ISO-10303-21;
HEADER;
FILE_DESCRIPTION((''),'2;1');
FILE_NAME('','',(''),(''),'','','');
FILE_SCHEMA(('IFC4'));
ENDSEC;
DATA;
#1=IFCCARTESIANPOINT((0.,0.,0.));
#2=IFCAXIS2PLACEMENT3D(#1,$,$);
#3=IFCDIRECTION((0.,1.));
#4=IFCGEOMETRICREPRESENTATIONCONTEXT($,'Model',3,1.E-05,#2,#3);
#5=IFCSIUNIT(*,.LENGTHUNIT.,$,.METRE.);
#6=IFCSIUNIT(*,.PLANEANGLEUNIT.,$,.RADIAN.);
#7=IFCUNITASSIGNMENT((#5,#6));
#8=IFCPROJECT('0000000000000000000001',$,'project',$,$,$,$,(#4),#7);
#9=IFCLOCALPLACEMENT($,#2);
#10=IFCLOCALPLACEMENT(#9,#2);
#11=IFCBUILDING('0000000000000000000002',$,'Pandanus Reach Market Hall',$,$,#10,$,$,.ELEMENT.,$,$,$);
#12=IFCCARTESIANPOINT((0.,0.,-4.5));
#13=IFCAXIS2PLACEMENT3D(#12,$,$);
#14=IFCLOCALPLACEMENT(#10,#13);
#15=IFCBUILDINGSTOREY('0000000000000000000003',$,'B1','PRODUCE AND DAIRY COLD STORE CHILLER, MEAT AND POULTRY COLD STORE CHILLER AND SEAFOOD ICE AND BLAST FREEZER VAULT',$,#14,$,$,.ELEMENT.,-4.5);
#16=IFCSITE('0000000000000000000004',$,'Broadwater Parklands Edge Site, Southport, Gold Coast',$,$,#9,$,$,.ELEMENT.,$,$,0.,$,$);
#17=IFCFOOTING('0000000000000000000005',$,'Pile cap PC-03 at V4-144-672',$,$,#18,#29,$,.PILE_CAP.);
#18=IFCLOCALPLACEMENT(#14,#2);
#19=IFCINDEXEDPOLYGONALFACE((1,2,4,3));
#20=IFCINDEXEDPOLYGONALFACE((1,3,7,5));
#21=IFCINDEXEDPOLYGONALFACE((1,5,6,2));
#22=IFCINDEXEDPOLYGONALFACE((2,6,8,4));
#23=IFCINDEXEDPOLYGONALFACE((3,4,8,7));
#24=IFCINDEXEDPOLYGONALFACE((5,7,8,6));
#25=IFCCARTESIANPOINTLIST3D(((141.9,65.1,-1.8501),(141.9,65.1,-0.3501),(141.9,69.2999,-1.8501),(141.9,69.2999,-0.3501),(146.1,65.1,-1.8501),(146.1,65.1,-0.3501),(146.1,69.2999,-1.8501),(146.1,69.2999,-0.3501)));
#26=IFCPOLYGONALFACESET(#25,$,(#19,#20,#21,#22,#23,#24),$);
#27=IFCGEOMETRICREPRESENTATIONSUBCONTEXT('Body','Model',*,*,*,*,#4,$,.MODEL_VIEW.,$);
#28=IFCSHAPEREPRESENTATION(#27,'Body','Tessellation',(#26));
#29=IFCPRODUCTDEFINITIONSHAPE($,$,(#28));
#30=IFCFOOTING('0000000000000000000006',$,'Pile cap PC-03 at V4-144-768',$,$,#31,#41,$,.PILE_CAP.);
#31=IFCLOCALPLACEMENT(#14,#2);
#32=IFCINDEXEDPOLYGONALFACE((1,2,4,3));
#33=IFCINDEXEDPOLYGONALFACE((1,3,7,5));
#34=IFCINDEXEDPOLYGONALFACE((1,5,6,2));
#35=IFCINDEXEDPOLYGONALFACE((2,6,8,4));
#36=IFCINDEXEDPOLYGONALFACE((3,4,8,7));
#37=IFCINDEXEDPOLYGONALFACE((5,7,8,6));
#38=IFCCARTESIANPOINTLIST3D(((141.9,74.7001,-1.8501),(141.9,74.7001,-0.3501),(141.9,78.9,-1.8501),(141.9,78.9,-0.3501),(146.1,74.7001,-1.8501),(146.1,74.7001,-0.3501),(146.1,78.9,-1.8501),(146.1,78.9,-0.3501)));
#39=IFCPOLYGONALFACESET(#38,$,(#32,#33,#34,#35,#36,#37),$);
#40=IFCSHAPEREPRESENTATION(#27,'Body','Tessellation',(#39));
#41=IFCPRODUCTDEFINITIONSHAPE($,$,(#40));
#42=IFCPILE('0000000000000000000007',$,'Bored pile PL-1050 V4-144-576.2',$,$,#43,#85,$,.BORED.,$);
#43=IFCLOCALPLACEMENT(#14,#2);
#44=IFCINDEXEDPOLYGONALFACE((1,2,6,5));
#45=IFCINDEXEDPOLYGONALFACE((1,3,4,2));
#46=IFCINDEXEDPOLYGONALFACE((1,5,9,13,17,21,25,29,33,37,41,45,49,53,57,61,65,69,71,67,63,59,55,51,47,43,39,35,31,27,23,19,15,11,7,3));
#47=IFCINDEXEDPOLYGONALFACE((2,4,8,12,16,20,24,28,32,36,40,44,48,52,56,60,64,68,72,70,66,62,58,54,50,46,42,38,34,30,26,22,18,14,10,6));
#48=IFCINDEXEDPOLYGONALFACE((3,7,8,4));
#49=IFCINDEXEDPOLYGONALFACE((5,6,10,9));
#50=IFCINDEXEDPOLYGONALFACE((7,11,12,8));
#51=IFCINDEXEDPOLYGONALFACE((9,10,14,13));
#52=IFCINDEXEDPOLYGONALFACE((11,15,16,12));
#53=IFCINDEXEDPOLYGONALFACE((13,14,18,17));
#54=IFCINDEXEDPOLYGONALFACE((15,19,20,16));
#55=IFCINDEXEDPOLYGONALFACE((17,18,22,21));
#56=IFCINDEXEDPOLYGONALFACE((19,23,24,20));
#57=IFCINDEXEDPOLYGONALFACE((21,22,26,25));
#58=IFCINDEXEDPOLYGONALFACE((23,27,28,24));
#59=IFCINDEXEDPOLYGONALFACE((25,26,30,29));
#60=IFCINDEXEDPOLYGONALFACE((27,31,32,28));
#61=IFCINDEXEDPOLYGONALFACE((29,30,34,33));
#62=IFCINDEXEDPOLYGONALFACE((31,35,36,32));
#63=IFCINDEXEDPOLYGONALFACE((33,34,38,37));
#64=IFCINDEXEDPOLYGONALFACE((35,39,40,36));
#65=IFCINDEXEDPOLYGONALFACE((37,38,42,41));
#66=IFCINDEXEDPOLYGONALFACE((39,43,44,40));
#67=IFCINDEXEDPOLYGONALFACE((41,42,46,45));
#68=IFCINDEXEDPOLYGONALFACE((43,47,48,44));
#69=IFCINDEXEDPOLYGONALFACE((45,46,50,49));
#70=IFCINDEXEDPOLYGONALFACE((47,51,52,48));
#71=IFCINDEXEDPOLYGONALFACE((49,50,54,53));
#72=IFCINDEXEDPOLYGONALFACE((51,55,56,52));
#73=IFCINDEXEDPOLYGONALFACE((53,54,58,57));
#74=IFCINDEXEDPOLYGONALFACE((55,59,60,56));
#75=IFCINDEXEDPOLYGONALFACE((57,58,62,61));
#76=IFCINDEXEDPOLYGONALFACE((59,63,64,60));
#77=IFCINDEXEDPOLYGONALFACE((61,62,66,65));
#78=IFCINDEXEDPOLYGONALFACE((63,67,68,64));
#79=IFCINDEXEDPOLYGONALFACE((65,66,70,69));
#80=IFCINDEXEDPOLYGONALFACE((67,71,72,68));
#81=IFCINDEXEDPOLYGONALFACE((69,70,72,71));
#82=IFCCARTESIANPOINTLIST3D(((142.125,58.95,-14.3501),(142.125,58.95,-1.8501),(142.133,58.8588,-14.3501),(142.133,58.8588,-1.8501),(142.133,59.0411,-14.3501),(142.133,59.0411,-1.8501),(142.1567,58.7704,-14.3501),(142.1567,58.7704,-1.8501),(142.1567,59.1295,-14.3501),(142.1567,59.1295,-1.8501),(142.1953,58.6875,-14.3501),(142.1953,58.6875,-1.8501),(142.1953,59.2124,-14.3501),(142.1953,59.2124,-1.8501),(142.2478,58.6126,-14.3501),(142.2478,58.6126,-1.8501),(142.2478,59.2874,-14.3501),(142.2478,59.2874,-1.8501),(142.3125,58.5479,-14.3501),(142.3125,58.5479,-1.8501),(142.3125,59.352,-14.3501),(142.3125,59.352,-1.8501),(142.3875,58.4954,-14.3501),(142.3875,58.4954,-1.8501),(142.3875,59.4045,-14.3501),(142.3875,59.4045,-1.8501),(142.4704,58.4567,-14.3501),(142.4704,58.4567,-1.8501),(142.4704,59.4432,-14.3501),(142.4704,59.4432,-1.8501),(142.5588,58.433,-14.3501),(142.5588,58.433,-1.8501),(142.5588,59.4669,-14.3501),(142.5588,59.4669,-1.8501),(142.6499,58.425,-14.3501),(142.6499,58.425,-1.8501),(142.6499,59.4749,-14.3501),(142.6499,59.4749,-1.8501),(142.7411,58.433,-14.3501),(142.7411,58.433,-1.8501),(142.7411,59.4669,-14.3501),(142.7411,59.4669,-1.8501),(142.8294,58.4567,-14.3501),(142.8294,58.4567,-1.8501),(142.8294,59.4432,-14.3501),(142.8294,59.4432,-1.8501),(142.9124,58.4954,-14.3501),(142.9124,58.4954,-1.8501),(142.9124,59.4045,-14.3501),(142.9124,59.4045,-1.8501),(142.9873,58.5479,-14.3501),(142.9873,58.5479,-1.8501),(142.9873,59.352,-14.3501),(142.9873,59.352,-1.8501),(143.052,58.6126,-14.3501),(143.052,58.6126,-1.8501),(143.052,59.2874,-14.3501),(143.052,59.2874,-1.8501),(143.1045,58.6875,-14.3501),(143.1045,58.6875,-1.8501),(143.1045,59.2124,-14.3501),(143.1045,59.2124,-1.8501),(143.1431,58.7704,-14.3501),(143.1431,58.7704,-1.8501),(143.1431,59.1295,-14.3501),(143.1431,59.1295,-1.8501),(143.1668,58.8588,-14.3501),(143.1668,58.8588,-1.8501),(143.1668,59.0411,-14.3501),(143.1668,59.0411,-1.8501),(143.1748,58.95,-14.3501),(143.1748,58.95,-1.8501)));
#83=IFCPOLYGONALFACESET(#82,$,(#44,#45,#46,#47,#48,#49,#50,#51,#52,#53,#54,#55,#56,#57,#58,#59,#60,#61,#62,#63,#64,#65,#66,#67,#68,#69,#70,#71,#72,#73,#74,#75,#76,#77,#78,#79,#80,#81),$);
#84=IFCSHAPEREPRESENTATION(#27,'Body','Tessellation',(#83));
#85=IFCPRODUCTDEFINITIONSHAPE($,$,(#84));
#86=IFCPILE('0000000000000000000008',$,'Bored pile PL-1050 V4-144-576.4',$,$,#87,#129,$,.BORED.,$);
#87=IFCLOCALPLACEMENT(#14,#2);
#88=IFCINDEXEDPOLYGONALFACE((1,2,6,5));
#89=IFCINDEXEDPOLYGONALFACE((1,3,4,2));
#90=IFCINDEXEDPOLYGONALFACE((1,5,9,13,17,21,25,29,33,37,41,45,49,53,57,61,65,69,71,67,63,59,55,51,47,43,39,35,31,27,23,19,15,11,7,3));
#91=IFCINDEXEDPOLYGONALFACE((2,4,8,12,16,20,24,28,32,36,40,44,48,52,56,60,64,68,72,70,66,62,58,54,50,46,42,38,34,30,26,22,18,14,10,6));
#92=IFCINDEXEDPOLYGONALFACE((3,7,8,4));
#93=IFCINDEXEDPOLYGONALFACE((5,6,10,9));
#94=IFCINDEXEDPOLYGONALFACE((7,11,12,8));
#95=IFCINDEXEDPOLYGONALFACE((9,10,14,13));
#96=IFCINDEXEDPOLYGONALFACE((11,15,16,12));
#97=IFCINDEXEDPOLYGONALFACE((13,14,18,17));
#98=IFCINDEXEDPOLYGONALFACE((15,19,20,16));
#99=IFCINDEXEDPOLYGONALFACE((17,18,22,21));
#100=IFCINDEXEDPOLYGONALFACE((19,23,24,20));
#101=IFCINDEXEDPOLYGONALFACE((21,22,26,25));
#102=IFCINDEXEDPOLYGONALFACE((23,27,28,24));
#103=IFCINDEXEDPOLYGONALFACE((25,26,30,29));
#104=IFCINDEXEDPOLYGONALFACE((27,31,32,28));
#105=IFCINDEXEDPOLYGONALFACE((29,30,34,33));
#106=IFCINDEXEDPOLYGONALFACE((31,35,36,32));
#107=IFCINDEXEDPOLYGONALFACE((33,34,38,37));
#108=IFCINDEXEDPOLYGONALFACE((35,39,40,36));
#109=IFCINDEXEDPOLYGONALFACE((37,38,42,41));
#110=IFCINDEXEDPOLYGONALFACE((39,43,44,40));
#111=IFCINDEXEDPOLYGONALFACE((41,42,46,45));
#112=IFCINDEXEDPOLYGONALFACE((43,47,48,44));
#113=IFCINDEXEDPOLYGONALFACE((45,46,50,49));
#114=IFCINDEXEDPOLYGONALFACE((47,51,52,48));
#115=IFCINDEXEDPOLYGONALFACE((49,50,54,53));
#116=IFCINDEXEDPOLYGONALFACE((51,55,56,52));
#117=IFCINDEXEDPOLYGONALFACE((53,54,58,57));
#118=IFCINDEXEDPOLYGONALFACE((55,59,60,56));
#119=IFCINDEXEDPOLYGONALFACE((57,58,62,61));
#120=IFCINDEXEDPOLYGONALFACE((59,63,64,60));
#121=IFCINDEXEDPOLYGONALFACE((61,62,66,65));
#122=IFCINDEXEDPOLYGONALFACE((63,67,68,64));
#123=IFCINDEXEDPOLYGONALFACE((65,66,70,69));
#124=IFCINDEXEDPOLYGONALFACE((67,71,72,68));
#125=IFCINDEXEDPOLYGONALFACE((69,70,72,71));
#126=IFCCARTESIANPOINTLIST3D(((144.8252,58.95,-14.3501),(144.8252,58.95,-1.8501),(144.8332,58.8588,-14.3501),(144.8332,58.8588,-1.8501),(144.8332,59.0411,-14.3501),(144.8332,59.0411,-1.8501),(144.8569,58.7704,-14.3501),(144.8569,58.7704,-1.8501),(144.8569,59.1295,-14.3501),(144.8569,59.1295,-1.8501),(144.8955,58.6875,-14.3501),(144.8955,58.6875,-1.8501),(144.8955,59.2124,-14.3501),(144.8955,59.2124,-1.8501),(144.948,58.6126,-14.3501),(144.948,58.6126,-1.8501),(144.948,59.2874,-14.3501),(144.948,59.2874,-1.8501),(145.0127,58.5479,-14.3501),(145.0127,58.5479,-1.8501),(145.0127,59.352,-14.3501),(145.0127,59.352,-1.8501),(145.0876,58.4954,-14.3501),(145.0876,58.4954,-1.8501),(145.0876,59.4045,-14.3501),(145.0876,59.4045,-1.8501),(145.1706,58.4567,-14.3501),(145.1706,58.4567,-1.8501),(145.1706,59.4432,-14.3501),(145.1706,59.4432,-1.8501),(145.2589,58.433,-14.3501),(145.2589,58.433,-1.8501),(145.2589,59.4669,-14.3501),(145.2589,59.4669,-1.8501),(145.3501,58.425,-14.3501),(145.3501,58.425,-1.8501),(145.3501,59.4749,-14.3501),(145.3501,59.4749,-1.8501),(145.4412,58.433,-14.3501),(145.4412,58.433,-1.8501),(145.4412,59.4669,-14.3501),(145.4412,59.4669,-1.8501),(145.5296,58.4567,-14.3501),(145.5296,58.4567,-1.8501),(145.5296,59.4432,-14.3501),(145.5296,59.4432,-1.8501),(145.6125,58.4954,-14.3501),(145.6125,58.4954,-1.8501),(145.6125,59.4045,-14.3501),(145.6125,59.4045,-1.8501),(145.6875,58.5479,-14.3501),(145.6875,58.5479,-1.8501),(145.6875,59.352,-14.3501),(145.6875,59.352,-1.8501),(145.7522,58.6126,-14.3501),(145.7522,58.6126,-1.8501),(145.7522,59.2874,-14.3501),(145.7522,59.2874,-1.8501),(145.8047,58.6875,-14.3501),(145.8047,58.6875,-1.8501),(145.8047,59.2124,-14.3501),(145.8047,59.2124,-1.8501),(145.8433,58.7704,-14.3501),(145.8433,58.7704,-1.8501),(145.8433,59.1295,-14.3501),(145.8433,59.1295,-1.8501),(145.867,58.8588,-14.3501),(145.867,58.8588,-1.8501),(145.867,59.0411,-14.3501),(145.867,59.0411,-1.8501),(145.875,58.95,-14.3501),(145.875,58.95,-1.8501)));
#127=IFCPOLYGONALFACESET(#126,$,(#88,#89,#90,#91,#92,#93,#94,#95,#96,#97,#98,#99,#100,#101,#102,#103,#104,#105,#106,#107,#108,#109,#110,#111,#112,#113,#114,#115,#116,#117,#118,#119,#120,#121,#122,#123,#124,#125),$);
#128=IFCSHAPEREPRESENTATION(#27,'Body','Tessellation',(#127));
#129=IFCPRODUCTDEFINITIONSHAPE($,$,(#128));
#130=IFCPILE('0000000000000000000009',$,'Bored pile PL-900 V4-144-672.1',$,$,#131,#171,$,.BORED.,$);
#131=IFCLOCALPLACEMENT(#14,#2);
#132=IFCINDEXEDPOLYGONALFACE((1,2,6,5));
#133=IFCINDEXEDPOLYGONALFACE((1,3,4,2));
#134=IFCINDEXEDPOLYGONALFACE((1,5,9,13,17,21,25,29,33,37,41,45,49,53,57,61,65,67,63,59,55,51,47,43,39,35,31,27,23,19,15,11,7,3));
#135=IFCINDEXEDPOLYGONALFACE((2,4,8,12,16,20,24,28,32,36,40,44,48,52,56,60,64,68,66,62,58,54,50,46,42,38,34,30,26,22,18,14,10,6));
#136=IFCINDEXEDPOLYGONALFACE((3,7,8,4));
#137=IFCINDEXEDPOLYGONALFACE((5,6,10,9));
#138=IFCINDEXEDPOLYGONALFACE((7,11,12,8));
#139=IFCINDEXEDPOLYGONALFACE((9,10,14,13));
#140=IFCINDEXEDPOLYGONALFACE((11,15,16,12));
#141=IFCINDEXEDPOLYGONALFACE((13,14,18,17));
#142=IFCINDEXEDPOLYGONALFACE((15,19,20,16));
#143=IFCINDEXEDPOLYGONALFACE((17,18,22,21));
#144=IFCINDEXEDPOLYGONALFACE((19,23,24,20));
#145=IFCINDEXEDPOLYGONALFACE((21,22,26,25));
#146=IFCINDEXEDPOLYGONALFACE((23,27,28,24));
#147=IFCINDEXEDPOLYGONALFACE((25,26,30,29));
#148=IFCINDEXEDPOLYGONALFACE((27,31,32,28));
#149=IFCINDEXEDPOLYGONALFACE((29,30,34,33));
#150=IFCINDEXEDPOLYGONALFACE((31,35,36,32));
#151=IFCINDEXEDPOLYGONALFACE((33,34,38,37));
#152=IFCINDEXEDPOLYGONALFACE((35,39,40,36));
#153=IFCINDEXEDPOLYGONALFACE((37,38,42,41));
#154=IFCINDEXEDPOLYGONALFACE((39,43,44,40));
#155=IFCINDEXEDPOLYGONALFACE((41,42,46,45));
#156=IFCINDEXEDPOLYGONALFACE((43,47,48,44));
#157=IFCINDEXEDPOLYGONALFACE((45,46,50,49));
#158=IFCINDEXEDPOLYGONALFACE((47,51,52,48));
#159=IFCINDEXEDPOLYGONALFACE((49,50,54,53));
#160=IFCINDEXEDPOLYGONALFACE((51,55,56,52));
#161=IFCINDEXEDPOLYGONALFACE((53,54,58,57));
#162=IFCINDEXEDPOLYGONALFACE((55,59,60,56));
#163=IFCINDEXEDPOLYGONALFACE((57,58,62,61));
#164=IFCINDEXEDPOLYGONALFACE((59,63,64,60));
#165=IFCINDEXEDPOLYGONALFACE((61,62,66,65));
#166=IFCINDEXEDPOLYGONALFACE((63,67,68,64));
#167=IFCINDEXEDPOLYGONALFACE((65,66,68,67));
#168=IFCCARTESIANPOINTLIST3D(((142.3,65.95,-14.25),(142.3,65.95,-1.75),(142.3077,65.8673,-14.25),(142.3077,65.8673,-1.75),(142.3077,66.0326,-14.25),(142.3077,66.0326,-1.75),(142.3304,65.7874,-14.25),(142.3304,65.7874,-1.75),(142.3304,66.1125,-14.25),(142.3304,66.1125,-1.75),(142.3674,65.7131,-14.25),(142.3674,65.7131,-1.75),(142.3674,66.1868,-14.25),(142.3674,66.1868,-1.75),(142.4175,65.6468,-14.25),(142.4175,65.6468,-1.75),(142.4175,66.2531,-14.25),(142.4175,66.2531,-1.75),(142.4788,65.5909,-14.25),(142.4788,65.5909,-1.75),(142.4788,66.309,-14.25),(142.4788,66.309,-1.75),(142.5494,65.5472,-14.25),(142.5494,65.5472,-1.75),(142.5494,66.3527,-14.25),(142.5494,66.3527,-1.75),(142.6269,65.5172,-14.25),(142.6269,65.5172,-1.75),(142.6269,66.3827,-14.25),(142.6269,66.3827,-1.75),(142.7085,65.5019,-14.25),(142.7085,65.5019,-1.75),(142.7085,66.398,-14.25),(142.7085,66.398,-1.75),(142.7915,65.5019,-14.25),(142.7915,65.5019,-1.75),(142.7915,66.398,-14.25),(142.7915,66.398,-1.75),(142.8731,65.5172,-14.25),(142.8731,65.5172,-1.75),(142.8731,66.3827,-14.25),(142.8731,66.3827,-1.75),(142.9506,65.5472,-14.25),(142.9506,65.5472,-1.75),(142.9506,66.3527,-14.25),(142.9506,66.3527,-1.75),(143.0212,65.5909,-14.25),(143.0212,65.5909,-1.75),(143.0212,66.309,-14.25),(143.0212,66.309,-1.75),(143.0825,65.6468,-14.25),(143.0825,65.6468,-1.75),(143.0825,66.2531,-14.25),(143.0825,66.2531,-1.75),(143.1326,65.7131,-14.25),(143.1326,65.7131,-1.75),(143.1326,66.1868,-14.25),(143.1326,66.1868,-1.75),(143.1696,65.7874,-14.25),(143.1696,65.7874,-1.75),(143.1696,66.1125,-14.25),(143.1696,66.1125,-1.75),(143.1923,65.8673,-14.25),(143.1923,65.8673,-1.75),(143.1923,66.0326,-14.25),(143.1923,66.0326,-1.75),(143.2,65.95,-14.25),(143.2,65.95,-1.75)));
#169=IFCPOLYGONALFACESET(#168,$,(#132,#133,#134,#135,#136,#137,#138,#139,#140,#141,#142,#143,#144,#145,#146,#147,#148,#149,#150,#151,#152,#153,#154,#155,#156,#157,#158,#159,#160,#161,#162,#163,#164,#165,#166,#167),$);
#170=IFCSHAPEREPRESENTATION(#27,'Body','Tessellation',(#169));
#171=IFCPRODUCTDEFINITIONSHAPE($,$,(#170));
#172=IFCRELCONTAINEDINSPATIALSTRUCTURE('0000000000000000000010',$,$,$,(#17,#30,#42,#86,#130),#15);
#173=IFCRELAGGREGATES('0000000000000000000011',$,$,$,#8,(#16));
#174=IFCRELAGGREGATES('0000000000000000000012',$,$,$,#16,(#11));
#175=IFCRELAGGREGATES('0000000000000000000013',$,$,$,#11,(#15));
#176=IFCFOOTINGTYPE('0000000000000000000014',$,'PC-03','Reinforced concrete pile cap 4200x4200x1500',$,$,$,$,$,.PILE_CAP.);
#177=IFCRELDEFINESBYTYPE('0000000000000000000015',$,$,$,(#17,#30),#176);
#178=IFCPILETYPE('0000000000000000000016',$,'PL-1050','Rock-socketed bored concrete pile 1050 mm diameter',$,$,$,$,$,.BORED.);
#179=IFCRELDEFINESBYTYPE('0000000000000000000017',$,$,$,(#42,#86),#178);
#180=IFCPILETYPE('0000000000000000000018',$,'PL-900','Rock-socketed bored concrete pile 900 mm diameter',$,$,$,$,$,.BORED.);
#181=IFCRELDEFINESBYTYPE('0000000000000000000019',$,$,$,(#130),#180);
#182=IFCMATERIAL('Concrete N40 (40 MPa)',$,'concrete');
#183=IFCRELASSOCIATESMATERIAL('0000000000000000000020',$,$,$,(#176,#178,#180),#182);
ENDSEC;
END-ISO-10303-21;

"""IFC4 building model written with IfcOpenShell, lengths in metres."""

from ifc_helpers import new_model, si_unit, direction, frame, origin, origin_2d, place, context, subcontext, project, spatial, rectangle, circle, extrude, material, material_profile, profile_set, type_object, element, save


model = new_model("IFC4")

# Units and contexts
model_context = context("Model", 3, precision=1e-05, world=origin(), true_north=direction((0.0, 1.0)))
body_context = subcontext(model_context, "Body", "Model", "MODEL_VIEW")
ifc_project = project(units=[si_unit("LENGTHUNIT", "METRE"), si_unit("PLANEANGLEUNIT", "RADIAN")], contexts=[model_context])

# Site, building, storey
site_placement = place(None, origin())
site = spatial("IfcSite", under=ifc_project, at=site_placement, Name="Broadwater Parklands Edge Site, Southport, Gold Coast", CompositionType="ELEMENT", RefElevation=0.0)
building_placement = place(site_placement, origin())
building = spatial("IfcBuilding", under=site, at=building_placement, Name="Pandanus Reach Market Hall", CompositionType="ELEMENT")
storey_placement = place(building_placement, frame((0.0, 0.0, -4.5)))
storey = spatial("IfcBuildingStorey", under=building, at=storey_placement, Name="B1", Description="PRODUCE AND DAIRY COLD STORE CHILLER, MEAT AND POULTRY COLD STORE CHILLER AND SEAFOOD ICE AND BLAST FREEZER VAULT", CompositionType="ELEMENT", Elevation=-4.5)

# Footings
ifc_material_1 = material(Name="Concrete N40 (40 MPa)", Category="concrete")
footing_type = type_object("IfcFootingType", Name="PC-03", Description="Reinforced concrete pile cap 4200x4200x1500", PredefinedType="PILE_CAP", material=ifc_material_1)
for number, where, z_axis, x_axis, name in (
    (1, (144.0, 67.2, -1.8501), (0.0, 0.0, 1.0), (1.0, 0.0, 0.0), "Pile cap PC-03 at V4-144-672"),
    (2, (144.0, 76.8, -1.8501), (0.0, 0.0, 1.0), (1.0, 0.0, 0.0), "Pile cap PC-03 at V4-144-768"),
):
    element("IfcFooting", number, at=place(storey_placement, frame(where, z_axis=z_axis, x_axis=x_axis)), inside=storey, type_object=footing_type, Name=name, PredefinedType="PILE_CAP", context=body_context, shape_type="SweptSolid", body=[
        extrude(rectangle(XDim=4.2, YDim=4.2, at=origin_2d()), origin(), (0.0, 0.0, 1.0), 1.5),
    ])

# Piles
ifc_material_profile_1 = material_profile(ifc_material_1, circle(Radius=0.5249, at=origin_2d()), Name="PILE-1050D", Category="LoadBearing")
ifc_profile_set_1 = profile_set([ifc_material_profile_1], Name="Concrete N40 (40 MPa)")
pile_type_1 = type_object("IfcPileType", Name="PL-1050", Description="Rock-socketed bored concrete pile 1050 mm diameter", PredefinedType="BORED", material=ifc_profile_set_1)
for number, where, z_axis, x_axis, name in (
    (3, (142.6499, 58.95, -1.8501), (0.0, 0.0, -1.0), (1.0, 0.0, 0.0), "Bored pile PL-1050 V4-144-576.2"),
    (4, (145.3501, 58.95, -1.8501), (0.0, 0.0, -1.0), (1.0, 0.0, 0.0), "Bored pile PL-1050 V4-144-576.4"),
):
    element("IfcPile", number, at=place(storey_placement, frame(where, z_axis=z_axis, x_axis=x_axis)), inside=storey, type_object=pile_type_1, Name=name, PredefinedType="BORED", context=body_context, shape_type="SweptSolid", body=[
        extrude(circle(Radius=0.5249, at=origin_2d()), origin(), (0.0, 0.0, 1.0), 12.5),
    ])
ifc_material_profile_2 = material_profile(ifc_material_1, circle(Radius=0.45, at=origin_2d()), Name="PILE-900D", Category="LoadBearing")
ifc_profile_set_2 = profile_set([ifc_material_profile_2], Name="Concrete N40 (40 MPa)")
pile_type_2 = type_object("IfcPileType", Name="PL-900", Description="Rock-socketed bored concrete pile 900 mm diameter", PredefinedType="BORED", material=ifc_profile_set_2)
for number, where, z_axis, x_axis, name in (
    (5, (142.75, 65.95, -1.75), (0.0, 0.0, -1.0), (1.0, 0.0, 0.0), "Bored pile PL-900 V4-144-672.1"),
):
    element("IfcPile", number, at=place(storey_placement, frame(where, z_axis=z_axis, x_axis=x_axis)), inside=storey, type_object=pile_type_2, Name=name, PredefinedType="BORED", context=body_context, shape_type="SweptSolid", body=[
        extrude(circle(Radius=0.45, at=origin_2d()), origin(), (0.0, 0.0, 1.0), 12.5),
    ])

save(model, "model.ifc")
